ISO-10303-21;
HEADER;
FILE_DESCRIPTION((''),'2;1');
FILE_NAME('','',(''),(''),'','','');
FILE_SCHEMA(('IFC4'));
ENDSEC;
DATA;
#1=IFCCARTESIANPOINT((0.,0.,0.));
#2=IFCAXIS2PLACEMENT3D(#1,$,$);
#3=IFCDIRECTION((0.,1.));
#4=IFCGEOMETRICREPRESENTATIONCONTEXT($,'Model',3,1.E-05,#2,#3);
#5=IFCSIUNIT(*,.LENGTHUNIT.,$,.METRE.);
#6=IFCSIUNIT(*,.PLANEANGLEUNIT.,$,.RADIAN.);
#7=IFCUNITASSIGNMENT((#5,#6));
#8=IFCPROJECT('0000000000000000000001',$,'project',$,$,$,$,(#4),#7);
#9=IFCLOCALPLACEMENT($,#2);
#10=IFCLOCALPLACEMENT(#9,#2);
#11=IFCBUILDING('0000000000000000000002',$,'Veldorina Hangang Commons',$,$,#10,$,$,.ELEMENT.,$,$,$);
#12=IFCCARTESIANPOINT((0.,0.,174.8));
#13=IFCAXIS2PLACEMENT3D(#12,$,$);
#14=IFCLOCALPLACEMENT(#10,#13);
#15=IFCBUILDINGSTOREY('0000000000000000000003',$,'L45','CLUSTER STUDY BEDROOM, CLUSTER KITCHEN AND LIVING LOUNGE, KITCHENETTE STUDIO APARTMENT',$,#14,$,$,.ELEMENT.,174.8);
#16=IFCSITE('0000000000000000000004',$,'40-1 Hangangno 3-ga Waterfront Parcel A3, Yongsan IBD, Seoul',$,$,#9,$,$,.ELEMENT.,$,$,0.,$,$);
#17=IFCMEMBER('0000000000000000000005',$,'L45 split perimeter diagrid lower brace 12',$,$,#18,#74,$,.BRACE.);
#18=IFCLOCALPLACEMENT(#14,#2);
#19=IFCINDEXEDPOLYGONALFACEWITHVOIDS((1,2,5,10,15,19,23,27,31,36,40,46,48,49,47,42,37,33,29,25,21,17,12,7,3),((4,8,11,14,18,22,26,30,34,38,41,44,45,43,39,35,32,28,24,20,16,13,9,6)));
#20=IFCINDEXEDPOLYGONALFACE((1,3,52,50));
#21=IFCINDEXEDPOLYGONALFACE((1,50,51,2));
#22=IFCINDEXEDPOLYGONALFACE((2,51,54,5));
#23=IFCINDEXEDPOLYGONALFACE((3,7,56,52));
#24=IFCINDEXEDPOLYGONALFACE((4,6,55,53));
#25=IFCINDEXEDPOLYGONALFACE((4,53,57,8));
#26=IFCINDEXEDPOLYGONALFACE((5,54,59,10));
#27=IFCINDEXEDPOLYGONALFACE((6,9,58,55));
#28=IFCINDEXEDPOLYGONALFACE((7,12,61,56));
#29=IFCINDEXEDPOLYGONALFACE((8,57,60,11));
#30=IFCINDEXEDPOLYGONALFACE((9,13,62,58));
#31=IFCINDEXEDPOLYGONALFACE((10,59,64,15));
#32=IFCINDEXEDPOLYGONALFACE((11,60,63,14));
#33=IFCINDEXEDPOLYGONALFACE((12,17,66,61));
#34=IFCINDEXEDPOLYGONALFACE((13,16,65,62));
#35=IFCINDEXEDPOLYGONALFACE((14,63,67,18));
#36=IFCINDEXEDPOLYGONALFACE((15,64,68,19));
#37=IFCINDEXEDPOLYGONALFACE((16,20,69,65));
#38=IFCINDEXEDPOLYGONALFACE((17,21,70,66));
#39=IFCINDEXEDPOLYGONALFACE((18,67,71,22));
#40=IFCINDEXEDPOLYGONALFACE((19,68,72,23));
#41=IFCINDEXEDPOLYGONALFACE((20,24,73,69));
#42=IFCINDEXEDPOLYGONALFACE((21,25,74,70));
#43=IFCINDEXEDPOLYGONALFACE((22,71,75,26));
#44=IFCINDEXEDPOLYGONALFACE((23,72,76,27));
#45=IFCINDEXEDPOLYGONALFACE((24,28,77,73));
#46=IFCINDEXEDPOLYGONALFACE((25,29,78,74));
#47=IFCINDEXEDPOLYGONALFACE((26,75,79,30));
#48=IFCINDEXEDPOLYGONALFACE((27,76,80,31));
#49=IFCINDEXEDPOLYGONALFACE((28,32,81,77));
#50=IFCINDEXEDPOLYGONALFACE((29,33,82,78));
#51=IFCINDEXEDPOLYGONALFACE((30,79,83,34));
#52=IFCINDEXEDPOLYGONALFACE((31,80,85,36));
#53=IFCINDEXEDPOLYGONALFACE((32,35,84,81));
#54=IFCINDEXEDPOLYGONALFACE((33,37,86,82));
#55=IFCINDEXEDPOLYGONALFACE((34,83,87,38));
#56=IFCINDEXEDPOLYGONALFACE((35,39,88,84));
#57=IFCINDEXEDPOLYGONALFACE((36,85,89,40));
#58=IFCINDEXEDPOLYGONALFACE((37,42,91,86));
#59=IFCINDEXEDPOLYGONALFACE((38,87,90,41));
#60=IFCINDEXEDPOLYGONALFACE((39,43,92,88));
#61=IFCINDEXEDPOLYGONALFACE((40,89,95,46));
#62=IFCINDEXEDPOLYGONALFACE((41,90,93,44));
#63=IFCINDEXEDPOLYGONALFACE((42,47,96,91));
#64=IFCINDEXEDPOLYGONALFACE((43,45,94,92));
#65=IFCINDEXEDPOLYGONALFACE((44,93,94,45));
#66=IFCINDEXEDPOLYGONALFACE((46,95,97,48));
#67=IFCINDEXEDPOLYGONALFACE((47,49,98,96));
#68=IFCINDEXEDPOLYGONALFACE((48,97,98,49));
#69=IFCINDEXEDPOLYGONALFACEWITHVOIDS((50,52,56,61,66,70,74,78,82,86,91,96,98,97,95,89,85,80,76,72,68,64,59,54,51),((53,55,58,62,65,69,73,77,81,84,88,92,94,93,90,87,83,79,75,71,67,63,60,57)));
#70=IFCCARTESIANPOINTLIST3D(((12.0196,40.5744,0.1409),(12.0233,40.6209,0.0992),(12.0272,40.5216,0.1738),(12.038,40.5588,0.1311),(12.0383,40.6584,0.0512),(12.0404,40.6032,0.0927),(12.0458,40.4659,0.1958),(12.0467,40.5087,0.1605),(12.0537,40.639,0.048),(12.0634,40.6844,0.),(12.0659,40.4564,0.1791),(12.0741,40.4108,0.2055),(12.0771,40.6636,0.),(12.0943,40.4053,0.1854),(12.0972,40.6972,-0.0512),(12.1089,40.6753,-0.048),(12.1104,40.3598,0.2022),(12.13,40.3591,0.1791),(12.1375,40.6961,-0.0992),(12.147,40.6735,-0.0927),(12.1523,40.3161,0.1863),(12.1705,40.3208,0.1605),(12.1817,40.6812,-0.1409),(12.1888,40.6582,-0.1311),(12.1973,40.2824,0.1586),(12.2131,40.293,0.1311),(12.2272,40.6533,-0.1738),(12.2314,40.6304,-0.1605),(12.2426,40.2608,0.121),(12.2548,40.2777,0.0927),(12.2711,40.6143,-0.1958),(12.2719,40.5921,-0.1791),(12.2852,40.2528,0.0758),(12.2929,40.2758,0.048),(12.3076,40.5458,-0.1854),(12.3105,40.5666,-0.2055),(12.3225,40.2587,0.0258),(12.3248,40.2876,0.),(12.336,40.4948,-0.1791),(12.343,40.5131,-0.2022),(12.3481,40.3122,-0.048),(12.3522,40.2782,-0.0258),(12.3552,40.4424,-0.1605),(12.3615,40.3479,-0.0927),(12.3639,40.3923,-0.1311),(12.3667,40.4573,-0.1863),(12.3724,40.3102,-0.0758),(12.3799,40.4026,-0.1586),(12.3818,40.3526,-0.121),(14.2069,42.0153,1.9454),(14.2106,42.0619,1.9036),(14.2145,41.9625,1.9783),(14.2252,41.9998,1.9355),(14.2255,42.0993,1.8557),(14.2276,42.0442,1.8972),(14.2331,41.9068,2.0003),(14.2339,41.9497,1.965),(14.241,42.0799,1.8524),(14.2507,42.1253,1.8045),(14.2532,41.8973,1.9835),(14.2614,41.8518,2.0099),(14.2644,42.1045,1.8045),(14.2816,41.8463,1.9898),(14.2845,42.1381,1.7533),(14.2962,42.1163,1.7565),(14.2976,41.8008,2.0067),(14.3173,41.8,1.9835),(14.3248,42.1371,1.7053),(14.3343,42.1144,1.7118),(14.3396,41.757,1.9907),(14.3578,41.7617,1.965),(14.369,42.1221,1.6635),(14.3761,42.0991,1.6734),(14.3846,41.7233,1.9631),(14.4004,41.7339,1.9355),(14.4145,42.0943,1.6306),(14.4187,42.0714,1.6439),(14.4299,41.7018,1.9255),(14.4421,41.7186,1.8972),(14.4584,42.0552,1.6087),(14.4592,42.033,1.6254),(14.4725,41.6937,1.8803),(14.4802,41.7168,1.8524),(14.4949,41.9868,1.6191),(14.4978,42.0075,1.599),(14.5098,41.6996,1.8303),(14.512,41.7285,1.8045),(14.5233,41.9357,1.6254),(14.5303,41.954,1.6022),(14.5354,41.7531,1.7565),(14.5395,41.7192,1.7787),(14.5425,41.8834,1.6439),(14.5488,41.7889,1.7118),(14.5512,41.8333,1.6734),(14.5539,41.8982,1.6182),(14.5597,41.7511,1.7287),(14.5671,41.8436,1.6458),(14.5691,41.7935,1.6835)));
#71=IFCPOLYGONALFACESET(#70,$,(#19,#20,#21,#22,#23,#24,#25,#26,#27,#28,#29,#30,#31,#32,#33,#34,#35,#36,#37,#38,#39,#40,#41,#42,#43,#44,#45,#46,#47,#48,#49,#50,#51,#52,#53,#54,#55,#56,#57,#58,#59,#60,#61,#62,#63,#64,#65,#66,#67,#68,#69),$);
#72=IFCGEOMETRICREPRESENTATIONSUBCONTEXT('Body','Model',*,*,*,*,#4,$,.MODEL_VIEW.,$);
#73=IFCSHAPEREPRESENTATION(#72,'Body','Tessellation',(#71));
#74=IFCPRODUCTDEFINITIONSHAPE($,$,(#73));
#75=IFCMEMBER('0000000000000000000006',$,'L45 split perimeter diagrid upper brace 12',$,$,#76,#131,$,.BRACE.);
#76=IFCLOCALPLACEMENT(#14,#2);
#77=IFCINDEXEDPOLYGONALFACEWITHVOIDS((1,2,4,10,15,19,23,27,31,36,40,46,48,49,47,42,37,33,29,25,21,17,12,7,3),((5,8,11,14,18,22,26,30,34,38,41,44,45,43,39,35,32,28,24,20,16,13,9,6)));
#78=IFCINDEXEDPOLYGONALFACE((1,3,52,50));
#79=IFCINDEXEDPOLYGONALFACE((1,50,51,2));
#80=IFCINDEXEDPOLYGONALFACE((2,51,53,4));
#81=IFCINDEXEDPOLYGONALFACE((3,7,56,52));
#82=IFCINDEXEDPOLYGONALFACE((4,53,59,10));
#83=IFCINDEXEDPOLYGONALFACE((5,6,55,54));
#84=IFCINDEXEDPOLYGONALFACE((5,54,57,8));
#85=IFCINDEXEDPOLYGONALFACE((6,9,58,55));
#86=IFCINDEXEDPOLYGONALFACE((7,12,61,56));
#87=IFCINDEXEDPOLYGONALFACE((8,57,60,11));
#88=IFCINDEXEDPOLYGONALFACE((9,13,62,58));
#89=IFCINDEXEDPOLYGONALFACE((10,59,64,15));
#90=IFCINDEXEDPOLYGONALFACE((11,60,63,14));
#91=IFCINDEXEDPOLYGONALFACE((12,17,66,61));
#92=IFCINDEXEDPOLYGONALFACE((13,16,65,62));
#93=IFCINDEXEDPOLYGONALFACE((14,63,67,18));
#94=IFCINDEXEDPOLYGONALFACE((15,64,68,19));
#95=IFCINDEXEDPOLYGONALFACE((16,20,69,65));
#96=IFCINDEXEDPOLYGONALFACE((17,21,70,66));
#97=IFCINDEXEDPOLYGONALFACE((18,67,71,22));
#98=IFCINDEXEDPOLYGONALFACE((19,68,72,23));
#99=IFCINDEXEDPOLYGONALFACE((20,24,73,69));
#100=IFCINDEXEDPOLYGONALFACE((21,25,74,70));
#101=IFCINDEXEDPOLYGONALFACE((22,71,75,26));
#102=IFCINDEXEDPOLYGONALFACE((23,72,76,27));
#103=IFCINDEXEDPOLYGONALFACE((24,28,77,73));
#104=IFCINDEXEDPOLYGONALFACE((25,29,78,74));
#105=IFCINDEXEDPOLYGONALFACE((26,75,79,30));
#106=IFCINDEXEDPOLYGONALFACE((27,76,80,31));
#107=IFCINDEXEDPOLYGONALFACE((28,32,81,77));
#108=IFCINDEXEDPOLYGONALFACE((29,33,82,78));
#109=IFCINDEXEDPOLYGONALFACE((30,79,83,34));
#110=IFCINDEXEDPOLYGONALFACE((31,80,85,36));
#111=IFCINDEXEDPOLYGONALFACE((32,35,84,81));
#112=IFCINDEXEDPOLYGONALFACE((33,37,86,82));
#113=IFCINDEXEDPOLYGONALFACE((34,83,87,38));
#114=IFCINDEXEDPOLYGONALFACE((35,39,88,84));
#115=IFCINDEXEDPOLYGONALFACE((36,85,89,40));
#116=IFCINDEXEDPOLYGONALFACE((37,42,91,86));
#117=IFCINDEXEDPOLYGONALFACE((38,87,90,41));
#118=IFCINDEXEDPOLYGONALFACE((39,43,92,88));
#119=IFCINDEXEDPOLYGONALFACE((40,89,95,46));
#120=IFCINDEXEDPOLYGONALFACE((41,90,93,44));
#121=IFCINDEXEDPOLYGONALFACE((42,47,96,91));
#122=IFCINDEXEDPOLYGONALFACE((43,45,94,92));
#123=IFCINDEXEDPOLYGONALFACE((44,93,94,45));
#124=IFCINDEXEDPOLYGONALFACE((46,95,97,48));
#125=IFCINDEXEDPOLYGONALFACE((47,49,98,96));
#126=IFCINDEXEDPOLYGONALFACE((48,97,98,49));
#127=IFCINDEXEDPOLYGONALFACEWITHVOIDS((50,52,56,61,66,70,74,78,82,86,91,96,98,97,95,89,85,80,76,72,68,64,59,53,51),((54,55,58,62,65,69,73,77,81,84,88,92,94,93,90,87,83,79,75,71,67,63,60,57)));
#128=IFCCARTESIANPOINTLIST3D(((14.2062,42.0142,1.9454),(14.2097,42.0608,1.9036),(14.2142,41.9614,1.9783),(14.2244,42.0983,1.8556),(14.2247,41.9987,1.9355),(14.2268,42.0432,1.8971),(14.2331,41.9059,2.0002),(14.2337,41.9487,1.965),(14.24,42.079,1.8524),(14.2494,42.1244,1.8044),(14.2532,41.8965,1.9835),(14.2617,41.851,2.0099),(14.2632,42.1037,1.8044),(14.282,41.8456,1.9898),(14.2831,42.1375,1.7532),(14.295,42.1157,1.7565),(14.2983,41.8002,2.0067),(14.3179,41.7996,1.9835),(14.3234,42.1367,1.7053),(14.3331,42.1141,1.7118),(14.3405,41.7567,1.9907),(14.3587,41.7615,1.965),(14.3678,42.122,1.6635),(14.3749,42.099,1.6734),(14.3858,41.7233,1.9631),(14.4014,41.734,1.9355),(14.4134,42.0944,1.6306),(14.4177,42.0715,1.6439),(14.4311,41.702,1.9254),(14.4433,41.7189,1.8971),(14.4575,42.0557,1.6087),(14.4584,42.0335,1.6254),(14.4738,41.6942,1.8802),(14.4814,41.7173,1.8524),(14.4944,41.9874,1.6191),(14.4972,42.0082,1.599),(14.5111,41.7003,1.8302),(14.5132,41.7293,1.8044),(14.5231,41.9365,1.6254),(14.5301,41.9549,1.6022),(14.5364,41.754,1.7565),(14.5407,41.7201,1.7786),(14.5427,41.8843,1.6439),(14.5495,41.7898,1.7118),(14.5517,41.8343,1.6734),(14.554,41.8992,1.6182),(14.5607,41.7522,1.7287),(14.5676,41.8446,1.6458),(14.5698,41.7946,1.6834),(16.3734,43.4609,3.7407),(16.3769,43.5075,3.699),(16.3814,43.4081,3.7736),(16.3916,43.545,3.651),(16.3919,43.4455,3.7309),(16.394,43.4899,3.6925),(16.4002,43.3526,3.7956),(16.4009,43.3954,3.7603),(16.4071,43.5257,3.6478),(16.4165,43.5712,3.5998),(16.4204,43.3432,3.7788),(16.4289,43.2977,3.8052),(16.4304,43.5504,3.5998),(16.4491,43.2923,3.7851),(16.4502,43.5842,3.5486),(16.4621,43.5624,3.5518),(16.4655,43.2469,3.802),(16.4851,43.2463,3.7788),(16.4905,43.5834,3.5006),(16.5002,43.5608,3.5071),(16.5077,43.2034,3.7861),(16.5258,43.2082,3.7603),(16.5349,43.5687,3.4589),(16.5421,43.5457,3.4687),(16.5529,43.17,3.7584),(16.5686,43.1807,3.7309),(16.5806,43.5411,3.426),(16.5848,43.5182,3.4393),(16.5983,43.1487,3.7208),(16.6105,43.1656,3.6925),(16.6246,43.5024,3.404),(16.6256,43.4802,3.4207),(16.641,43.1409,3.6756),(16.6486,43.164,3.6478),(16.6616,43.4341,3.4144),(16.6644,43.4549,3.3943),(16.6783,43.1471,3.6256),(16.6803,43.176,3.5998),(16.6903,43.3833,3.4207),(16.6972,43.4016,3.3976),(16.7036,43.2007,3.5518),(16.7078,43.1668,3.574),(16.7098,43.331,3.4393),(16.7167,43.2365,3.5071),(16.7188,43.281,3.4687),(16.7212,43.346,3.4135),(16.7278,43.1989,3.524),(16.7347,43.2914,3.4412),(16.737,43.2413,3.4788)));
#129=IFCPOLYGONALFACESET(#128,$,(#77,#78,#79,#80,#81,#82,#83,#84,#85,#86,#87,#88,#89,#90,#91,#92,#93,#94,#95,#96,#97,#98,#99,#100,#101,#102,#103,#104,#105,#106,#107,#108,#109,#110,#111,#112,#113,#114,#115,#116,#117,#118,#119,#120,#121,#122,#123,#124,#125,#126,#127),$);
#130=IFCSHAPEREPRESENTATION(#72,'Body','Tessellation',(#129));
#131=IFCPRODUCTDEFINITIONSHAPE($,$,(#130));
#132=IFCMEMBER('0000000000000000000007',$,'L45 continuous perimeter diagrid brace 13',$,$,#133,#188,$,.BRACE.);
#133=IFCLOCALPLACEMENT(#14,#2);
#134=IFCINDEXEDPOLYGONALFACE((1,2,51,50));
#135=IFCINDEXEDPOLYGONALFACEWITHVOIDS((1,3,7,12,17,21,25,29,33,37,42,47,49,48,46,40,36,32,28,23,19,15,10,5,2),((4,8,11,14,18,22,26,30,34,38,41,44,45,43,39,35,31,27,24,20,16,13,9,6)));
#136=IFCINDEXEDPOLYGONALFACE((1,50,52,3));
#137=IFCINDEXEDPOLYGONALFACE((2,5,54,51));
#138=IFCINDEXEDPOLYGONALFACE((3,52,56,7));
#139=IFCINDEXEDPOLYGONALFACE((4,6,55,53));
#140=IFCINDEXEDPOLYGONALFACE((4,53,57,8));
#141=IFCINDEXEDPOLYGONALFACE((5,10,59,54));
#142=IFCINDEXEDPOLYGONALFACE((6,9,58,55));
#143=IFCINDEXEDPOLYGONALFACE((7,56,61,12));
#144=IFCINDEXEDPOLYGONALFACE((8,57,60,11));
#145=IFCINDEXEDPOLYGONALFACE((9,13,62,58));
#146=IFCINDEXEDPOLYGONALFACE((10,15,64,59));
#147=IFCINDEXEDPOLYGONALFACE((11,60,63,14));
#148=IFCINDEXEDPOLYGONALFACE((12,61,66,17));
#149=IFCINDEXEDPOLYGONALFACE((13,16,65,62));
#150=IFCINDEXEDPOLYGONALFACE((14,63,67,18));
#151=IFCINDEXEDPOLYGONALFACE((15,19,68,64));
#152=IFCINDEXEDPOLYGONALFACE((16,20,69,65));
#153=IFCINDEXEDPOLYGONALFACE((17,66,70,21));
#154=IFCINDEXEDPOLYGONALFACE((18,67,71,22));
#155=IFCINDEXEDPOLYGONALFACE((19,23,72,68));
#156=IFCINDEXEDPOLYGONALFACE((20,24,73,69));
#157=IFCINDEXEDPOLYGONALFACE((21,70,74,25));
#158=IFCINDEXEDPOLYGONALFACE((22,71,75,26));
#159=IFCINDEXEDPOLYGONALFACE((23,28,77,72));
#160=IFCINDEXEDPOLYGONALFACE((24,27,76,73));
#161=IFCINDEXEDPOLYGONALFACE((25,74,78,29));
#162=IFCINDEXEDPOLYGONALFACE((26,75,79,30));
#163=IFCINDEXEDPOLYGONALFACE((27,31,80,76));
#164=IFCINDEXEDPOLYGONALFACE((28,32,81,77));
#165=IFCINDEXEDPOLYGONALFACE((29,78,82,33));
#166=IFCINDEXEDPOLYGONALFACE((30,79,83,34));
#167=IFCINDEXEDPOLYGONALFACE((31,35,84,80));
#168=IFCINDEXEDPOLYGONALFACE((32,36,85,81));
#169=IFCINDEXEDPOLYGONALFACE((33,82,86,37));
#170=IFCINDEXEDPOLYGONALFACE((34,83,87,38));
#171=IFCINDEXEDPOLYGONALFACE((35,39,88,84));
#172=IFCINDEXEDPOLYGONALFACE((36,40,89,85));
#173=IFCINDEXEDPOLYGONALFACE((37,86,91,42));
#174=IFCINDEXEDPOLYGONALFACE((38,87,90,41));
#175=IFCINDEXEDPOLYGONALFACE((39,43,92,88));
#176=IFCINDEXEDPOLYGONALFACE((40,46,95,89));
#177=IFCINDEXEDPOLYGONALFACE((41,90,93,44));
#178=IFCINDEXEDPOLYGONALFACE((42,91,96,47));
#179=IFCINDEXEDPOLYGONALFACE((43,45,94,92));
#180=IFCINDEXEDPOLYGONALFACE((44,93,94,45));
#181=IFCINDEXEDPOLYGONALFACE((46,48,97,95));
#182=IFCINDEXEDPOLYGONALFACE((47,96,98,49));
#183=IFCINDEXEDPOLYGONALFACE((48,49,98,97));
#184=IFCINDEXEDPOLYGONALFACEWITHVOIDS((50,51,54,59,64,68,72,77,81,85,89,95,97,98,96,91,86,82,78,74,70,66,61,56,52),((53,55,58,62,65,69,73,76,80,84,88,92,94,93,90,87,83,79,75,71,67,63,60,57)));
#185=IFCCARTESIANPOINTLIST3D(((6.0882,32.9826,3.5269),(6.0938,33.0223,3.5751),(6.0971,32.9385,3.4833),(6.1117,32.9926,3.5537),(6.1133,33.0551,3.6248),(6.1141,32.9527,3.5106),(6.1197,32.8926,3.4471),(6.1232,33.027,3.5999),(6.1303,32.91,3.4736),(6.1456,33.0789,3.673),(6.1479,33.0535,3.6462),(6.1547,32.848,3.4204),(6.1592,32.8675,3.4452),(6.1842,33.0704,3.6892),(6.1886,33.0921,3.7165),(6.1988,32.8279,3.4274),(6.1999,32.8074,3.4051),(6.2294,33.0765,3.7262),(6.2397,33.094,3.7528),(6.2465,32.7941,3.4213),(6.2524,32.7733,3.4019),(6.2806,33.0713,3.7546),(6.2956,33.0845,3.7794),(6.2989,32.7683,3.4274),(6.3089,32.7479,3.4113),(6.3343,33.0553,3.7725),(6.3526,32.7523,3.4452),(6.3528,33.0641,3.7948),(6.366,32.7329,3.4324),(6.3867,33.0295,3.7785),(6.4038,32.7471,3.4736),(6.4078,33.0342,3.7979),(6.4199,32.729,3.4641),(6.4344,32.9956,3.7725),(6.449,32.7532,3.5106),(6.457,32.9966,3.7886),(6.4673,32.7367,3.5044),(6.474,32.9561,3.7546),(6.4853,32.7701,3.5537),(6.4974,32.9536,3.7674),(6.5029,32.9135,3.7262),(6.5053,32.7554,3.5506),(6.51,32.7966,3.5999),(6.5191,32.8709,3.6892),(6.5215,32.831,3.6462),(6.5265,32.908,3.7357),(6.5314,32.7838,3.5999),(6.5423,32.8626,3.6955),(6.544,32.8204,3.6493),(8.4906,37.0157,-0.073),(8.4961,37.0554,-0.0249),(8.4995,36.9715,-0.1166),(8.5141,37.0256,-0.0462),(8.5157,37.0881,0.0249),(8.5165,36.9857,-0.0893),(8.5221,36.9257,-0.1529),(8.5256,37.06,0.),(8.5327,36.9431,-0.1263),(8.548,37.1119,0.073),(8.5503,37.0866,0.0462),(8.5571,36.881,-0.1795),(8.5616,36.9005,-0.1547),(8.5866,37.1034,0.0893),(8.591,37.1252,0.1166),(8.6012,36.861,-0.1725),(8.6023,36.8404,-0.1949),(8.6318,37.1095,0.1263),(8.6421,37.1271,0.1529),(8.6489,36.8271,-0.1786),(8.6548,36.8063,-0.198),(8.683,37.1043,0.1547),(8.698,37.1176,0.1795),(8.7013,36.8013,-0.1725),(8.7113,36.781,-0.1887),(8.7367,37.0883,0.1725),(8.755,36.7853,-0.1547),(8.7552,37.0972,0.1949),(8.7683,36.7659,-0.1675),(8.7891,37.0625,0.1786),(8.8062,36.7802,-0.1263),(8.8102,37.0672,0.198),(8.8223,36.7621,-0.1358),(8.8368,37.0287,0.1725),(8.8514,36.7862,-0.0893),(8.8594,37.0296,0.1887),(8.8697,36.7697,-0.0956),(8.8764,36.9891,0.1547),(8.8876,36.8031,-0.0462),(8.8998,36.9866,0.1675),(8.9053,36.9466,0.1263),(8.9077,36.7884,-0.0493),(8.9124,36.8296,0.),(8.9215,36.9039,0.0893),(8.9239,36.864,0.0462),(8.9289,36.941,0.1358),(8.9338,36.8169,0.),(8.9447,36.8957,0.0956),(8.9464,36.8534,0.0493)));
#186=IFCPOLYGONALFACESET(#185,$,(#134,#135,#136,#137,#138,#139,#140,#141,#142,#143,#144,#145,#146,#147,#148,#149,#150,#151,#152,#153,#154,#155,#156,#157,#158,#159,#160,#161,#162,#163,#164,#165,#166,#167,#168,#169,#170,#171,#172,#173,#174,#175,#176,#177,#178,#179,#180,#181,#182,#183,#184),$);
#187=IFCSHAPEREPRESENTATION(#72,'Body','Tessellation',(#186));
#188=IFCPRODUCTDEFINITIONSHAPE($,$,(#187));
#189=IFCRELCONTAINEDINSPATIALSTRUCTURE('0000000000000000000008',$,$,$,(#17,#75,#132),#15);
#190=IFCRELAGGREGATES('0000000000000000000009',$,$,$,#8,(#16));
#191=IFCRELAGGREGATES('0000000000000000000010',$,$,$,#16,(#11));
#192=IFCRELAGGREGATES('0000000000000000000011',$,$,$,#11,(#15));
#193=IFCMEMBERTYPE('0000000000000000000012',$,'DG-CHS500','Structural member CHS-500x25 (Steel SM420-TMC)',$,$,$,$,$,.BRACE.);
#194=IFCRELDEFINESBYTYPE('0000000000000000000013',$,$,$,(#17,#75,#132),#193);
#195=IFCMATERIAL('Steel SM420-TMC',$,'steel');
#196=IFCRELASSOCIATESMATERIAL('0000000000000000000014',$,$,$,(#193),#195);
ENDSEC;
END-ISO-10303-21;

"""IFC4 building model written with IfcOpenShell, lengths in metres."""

from ifc_helpers import new_model, si_unit, direction, frame, origin, origin_2d, place, context, subcontext, project, spatial, hollow_circle, extrude, material, material_profile, profile_set, type_object, element, save


model = new_model("IFC4")

# Units and contexts
model_context = context("Model", 3, precision=1e-05, world=origin(), true_north=direction((0.0, 1.0)))
body_context = subcontext(model_context, "Body", "Model", "MODEL_VIEW")
ifc_project = project(units=[si_unit("LENGTHUNIT", "METRE"), si_unit("PLANEANGLEUNIT", "RADIAN")], contexts=[model_context])

# Site, building, storey
site_placement = place(None, origin())
site = spatial("IfcSite", under=ifc_project, at=site_placement, Name="40-1 Hangangno 3-ga Waterfront Parcel A3, Yongsan IBD, Seoul", CompositionType="ELEMENT", RefElevation=0.0)
building_placement = place(site_placement, origin())
building = spatial("IfcBuilding", under=site, at=building_placement, Name="Veldorina Hangang Commons", CompositionType="ELEMENT")
storey_placement = place(building_placement, frame((0.0, 0.0, 174.8)))
storey = spatial("IfcBuildingStorey", under=building, at=storey_placement, Name="L45", Description="CLUSTER STUDY BEDROOM, CLUSTER KITCHEN AND LIVING LOUNGE, KITCHENETTE STUDIO APARTMENT", CompositionType="ELEMENT", Elevation=174.8)

# Shared definitions
ifc_material_1 = material(Name="Steel SM420-TMC", Category="steel")

# Members
ifc_material_profile_1 = material_profile(ifc_material_1, hollow_circle(Radius=0.25, WallThickness=0.0249, at=origin_2d()), Name="CHS-500x25")
ifc_profile_set_1 = profile_set([ifc_material_profile_1], Name="Steel SM420-TMC")
member_type = type_object("IfcMemberType", Name="DG-CHS500", Description="Structural member CHS-500x25 (Steel SM420-TMC)", PredefinedType="BRACE", material=ifc_profile_set_1)
member_1_placement = place(storey_placement, frame((12.2009, 40.4756, 0.0), z_axis=(0.687682, 0.45303, 0.567324), x_axis=(-0.550132, 0.835078, 0.0)))
element("IfcMember", 1, at=member_1_placement, inside=storey, type_object=member_type, Name="L45 split perimeter diagrid lower brace 12", PredefinedType="BRACE", context=body_context, shape_type="SweptSolid", body=[
    extrude(hollow_circle(Radius=0.25, WallThickness=0.0249, at=origin_2d()), origin(), (0.0, 0.0, 1.0), 3.1807),
])
member_2_placement = place(storey_placement, frame((14.3882, 41.9165, 1.8044), z_axis=(0.684876, 0.457201, 0.567374), x_axis=(-0.555219, 0.831704, 0.0)))
element("IfcMember", 2, at=member_2_placement, inside=storey, type_object=member_type, Name="L45 split perimeter diagrid upper brace 12", PredefinedType="BRACE", context=body_context, shape_type="SweptSolid", body=[
    extrude(hollow_circle(Radius=0.25, WallThickness=0.0249, at=origin_2d()), origin(), (0.0, 0.0, 1.0), 3.1643),
])
member_3_placement = place(storey_placement, frame((8.719, 36.9448, 0.0), z_axis=(-0.406099, -0.681744, 0.60853), x_axis=(0.859127, -0.511763, 0.0)))
element("IfcMember", 3, at=member_3_placement, inside=storey, type_object=member_type, Name="L45 continuous perimeter diagrid brace 13", PredefinedType="BRACE", context=body_context, shape_type="SweptSolid", body=[
    extrude(hollow_circle(Radius=0.25, WallThickness=0.0249, at=origin_2d()), origin(), (0.0, 0.0, 1.0), 5.9158),
])

save(model, "model.ifc")
